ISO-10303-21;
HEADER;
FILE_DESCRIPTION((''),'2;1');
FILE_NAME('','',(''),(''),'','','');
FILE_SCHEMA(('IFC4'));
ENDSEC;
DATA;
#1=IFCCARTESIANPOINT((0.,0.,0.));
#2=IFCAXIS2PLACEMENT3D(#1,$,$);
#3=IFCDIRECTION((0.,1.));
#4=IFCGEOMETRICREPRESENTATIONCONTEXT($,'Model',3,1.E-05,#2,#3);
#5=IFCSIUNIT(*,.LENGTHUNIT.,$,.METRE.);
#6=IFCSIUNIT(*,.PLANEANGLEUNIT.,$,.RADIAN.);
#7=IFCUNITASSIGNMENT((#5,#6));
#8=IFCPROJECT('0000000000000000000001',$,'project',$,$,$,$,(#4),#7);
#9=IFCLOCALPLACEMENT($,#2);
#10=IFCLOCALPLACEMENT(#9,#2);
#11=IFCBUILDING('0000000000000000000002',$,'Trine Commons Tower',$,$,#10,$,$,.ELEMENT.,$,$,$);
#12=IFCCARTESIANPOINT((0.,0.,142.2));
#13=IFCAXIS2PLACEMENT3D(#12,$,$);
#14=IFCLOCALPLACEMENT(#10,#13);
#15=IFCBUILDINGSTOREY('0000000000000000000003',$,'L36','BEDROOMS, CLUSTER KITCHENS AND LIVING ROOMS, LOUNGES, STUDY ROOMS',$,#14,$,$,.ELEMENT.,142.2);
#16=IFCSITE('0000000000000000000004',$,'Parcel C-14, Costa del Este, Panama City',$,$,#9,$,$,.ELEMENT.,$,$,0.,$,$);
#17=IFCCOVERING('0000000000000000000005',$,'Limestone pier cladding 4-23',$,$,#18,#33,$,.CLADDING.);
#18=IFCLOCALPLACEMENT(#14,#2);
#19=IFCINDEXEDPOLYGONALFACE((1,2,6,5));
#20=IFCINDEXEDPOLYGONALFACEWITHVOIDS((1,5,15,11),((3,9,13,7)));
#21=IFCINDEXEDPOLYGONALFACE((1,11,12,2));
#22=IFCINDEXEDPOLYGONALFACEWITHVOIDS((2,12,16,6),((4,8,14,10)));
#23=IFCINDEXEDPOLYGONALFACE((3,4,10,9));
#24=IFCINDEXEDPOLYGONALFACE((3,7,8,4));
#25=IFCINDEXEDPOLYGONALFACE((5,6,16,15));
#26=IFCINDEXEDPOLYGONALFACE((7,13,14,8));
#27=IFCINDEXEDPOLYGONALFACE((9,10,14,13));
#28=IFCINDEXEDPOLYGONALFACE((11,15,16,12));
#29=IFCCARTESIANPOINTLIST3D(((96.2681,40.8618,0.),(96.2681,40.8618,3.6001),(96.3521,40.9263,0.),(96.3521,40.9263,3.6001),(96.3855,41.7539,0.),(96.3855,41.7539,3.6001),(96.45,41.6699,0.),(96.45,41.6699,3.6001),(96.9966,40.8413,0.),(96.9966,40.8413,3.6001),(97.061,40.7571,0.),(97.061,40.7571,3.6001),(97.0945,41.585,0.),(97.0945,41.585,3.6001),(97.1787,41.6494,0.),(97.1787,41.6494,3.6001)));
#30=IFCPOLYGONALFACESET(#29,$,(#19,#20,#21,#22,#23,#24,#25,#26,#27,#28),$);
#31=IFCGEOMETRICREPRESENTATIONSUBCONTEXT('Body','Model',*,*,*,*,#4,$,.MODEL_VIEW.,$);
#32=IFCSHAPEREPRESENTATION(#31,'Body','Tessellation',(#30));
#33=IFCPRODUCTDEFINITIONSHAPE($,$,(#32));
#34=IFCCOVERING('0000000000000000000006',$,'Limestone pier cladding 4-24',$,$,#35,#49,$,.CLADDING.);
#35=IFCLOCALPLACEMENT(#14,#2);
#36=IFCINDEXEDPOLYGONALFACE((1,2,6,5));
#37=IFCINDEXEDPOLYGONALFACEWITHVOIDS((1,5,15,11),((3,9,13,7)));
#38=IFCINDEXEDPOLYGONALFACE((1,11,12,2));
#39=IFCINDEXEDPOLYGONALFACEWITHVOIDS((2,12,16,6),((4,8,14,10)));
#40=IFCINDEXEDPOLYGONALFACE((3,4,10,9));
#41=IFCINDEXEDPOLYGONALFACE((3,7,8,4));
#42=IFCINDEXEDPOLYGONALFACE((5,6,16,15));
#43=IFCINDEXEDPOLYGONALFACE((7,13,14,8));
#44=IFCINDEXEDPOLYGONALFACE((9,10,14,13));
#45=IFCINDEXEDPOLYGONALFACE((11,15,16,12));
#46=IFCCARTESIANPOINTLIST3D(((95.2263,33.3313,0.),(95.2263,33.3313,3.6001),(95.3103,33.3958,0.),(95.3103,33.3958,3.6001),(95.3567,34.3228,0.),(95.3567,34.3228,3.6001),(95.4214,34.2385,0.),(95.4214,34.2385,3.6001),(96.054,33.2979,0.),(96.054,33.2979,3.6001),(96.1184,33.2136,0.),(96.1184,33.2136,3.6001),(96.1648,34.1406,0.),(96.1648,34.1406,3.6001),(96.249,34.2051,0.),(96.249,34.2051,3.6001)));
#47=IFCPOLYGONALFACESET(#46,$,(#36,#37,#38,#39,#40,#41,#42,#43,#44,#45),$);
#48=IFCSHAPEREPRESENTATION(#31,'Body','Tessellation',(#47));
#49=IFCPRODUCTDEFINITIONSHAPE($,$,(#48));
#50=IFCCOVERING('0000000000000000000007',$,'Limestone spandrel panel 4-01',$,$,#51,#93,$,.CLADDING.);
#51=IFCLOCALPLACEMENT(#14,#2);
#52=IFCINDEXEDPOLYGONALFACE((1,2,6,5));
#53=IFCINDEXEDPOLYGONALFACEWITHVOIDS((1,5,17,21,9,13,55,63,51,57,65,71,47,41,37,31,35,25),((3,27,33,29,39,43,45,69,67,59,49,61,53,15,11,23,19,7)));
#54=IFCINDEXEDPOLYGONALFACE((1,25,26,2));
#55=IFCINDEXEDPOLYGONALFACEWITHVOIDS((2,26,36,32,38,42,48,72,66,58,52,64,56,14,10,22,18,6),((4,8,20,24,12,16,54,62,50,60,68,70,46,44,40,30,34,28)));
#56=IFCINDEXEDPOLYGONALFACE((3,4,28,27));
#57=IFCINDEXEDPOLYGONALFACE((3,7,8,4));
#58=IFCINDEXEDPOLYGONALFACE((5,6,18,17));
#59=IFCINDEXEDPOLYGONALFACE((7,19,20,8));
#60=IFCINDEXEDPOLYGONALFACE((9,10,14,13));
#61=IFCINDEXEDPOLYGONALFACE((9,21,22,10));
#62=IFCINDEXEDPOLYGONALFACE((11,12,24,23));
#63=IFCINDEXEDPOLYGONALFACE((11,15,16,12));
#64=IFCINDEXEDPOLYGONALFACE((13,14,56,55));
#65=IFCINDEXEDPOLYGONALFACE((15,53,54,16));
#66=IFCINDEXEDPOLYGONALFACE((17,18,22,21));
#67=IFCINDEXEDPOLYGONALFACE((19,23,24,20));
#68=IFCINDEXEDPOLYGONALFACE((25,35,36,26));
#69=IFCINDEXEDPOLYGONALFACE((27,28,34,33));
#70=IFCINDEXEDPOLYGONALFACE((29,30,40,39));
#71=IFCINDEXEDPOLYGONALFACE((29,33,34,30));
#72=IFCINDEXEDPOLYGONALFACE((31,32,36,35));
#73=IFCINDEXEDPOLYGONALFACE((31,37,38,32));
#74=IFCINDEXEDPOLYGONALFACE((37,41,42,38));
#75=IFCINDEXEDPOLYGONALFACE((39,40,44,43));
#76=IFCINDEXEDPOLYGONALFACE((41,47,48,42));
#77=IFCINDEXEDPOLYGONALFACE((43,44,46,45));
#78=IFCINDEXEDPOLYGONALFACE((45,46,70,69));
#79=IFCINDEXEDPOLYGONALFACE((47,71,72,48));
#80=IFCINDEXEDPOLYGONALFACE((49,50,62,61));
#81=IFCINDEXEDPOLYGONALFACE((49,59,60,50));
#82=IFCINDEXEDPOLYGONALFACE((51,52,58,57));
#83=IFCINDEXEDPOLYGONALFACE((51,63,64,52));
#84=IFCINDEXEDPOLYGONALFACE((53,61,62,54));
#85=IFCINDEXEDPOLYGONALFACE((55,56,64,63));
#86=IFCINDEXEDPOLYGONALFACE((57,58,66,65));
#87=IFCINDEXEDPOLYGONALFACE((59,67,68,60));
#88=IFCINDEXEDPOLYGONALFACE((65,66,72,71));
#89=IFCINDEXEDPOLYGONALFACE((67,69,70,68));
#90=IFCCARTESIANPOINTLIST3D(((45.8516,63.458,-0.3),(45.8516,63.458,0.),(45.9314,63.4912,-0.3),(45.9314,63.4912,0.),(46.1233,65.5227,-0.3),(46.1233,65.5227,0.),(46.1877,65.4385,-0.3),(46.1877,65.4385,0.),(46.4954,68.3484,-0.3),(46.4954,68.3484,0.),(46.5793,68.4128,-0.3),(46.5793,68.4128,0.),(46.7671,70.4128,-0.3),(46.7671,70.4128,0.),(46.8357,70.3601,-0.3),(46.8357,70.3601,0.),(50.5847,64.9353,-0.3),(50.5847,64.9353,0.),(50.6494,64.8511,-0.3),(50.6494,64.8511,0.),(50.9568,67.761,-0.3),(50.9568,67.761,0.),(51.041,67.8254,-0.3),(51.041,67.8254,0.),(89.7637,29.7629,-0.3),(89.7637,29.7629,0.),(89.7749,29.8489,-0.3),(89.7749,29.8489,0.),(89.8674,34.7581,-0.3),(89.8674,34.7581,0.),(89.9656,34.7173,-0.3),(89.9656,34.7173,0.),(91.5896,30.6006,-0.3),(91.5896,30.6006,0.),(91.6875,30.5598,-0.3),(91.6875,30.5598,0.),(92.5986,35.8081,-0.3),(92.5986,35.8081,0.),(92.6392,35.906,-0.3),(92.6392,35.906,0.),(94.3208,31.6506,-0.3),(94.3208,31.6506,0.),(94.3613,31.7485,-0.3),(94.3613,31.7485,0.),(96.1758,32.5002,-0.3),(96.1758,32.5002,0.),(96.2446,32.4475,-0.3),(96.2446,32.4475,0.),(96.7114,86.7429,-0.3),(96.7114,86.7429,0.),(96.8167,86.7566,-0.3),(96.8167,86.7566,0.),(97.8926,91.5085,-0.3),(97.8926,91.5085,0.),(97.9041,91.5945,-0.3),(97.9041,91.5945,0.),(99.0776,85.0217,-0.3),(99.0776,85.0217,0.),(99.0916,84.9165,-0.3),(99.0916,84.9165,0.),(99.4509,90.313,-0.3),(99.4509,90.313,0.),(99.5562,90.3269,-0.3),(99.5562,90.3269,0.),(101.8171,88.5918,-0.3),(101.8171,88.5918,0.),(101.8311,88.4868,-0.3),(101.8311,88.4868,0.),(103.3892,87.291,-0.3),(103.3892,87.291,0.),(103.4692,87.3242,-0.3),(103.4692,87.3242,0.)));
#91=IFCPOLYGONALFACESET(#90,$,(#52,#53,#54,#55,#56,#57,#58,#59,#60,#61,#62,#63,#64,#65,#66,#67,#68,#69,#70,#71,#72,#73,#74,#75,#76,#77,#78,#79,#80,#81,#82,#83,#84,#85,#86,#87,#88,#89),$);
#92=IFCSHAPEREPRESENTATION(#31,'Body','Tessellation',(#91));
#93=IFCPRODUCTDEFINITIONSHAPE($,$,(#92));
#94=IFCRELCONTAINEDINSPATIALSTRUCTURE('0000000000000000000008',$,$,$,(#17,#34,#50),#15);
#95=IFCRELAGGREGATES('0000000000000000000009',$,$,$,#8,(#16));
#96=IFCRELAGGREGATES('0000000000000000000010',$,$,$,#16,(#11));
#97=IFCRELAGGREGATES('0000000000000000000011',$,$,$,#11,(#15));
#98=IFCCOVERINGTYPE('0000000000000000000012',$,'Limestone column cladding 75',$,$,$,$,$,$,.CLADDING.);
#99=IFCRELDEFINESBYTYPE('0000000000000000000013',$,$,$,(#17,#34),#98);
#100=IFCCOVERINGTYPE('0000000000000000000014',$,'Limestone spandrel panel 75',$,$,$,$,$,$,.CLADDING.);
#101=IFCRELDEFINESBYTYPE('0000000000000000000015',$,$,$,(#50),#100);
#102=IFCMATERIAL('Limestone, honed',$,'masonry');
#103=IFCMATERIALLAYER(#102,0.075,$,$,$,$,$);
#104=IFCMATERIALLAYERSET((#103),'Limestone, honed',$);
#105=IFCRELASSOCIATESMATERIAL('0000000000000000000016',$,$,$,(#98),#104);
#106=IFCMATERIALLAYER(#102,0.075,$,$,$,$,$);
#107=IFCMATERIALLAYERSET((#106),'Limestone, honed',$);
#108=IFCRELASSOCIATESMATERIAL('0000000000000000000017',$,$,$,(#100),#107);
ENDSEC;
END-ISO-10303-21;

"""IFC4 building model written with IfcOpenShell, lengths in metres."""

from ifc_helpers import new_model, si_unit, direction, frame, origin, place, context, subcontext, project, spatial, polyline, outline, extrude, material, layer, layer_set, type_object, element, save


model = new_model("IFC4")

# Units and contexts
model_context = context("Model", 3, precision=1e-05, world=origin(), true_north=direction((0.0, 1.0)))
body_context = subcontext(model_context, "Body", "Model", "MODEL_VIEW")
ifc_project = project(units=[si_unit("LENGTHUNIT", "METRE"), si_unit("PLANEANGLEUNIT", "RADIAN")], contexts=[model_context])

# Site, building, storey
site_placement = place(None, origin())
site = spatial("IfcSite", under=ifc_project, at=site_placement, Name="Parcel C-14, Costa del Este, Panama City", CompositionType="ELEMENT", RefElevation=0.0)
building_placement = place(site_placement, origin())
building = spatial("IfcBuilding", under=site, at=building_placement, Name="Trine Commons Tower", CompositionType="ELEMENT")
storey_placement = place(building_placement, frame((0.0, 0.0, 142.2)))
storey = spatial("IfcBuildingStorey", under=building, at=storey_placement, Name="L36", Description="BEDROOMS, CLUSTER KITCHENS AND LIVING ROOMS, LOUNGES, STUDY ROOMS", CompositionType="ELEMENT", Elevation=142.2)

# Coverings
ifc_material_1 = material(Name="Limestone, honed", Category="masonry")
ifc_layer_1 = layer(ifc_material_1, 0.075)
ifc_layer_set_1 = layer_set([ifc_layer_1], Name="Limestone, honed")
covering_type_1 = type_object("IfcCoveringType", Name="Limestone column cladding 75", PredefinedType="CLADDING", material=ifc_layer_set_1)
covering_1_placement = place(storey_placement, origin())
element("IfcCovering", 1, at=covering_1_placement, inside=storey, type_object=covering_type_1, Name="Limestone pier cladding 4-23", PredefinedType="CLADDING", context=body_context, shape_type="SweptSolid", body=[
    extrude(outline(polyline([(97.1787, 41.6494), (96.3855, 41.7539), (96.2681, 40.8618), (97.061, 40.7571), (97.1787, 41.6494)]), holes=[polyline([(97.0945, 41.585), (96.45, 41.6699), (96.3521, 40.9263), (96.9966, 40.8413), (97.0945, 41.585)])]), origin(), (0.0, 0.0, 1.0), 3.6001),
])
covering_2_placement = place(storey_placement, origin())
element("IfcCovering", 2, at=covering_2_placement, inside=storey, type_object=covering_type_1, Name="Limestone pier cladding 4-24", PredefinedType="CLADDING", context=body_context, shape_type="SweptSolid", body=[
    extrude(outline(polyline([(96.249, 34.2051), (95.3567, 34.3228), (95.2263, 33.3313), (96.1184, 33.2136), (96.249, 34.2051)]), holes=[polyline([(96.1648, 34.1406), (95.4214, 34.2385), (95.3103, 33.3958), (96.054, 33.2979), (96.1648, 34.1406)])]), origin(), (0.0, 0.0, 1.0), 3.6001),
])
ifc_layer_2 = layer(ifc_material_1, 0.075)
ifc_layer_set_2 = layer_set([ifc_layer_2], Name="Limestone, honed")
covering_type_2 = type_object("IfcCoveringType", Name="Limestone spandrel panel 75", PredefinedType="CLADDING", material=ifc_layer_set_2)
covering_3_placement = place(storey_placement, frame((0.0, 0.0, -0.3)))
element("IfcCovering", 3, at=covering_3_placement, inside=storey, type_object=covering_type_2, Name="Limestone spandrel panel 4-01", PredefinedType="CLADDING", context=body_context, shape_type="SweptSolid", body=[
    extrude(outline(polyline([(92.5986, 35.8081), (94.3208, 31.6506), (96.2446, 32.4475), (103.4692, 87.3242), (101.8171, 88.5918), (99.0776, 85.0217), (96.8167, 86.7566), (99.5562, 90.3269), (97.9041, 91.5945), (46.7671, 70.4128), (46.4954, 68.3484), (50.9568, 67.761), (50.5847, 64.9353), (46.1233, 65.5227), (45.8516, 63.458), (89.7637, 29.7629), (91.6875, 30.5598), (89.9656, 34.7173), (92.5986, 35.8081)]), holes=[polyline([(101.8311, 88.4868), (103.3892, 87.291), (96.1758, 32.5002), (94.3613, 31.7485), (92.6392, 35.906), (89.8674, 34.7581), (91.5896, 30.6006), (89.7749, 29.8489), (45.9314, 63.4912), (46.1877, 65.4385), (50.6494, 64.8511), (51.041, 67.8254), (46.5793, 68.4128), (46.8357, 70.3601), (97.8926, 91.5085), (99.4509, 90.313), (96.7114, 86.7429), (99.0916, 84.9165), (101.8311, 88.4868)])]), origin(), (0.0, 0.0, 1.0), 0.3),
])

save(model, "model.ifc")
